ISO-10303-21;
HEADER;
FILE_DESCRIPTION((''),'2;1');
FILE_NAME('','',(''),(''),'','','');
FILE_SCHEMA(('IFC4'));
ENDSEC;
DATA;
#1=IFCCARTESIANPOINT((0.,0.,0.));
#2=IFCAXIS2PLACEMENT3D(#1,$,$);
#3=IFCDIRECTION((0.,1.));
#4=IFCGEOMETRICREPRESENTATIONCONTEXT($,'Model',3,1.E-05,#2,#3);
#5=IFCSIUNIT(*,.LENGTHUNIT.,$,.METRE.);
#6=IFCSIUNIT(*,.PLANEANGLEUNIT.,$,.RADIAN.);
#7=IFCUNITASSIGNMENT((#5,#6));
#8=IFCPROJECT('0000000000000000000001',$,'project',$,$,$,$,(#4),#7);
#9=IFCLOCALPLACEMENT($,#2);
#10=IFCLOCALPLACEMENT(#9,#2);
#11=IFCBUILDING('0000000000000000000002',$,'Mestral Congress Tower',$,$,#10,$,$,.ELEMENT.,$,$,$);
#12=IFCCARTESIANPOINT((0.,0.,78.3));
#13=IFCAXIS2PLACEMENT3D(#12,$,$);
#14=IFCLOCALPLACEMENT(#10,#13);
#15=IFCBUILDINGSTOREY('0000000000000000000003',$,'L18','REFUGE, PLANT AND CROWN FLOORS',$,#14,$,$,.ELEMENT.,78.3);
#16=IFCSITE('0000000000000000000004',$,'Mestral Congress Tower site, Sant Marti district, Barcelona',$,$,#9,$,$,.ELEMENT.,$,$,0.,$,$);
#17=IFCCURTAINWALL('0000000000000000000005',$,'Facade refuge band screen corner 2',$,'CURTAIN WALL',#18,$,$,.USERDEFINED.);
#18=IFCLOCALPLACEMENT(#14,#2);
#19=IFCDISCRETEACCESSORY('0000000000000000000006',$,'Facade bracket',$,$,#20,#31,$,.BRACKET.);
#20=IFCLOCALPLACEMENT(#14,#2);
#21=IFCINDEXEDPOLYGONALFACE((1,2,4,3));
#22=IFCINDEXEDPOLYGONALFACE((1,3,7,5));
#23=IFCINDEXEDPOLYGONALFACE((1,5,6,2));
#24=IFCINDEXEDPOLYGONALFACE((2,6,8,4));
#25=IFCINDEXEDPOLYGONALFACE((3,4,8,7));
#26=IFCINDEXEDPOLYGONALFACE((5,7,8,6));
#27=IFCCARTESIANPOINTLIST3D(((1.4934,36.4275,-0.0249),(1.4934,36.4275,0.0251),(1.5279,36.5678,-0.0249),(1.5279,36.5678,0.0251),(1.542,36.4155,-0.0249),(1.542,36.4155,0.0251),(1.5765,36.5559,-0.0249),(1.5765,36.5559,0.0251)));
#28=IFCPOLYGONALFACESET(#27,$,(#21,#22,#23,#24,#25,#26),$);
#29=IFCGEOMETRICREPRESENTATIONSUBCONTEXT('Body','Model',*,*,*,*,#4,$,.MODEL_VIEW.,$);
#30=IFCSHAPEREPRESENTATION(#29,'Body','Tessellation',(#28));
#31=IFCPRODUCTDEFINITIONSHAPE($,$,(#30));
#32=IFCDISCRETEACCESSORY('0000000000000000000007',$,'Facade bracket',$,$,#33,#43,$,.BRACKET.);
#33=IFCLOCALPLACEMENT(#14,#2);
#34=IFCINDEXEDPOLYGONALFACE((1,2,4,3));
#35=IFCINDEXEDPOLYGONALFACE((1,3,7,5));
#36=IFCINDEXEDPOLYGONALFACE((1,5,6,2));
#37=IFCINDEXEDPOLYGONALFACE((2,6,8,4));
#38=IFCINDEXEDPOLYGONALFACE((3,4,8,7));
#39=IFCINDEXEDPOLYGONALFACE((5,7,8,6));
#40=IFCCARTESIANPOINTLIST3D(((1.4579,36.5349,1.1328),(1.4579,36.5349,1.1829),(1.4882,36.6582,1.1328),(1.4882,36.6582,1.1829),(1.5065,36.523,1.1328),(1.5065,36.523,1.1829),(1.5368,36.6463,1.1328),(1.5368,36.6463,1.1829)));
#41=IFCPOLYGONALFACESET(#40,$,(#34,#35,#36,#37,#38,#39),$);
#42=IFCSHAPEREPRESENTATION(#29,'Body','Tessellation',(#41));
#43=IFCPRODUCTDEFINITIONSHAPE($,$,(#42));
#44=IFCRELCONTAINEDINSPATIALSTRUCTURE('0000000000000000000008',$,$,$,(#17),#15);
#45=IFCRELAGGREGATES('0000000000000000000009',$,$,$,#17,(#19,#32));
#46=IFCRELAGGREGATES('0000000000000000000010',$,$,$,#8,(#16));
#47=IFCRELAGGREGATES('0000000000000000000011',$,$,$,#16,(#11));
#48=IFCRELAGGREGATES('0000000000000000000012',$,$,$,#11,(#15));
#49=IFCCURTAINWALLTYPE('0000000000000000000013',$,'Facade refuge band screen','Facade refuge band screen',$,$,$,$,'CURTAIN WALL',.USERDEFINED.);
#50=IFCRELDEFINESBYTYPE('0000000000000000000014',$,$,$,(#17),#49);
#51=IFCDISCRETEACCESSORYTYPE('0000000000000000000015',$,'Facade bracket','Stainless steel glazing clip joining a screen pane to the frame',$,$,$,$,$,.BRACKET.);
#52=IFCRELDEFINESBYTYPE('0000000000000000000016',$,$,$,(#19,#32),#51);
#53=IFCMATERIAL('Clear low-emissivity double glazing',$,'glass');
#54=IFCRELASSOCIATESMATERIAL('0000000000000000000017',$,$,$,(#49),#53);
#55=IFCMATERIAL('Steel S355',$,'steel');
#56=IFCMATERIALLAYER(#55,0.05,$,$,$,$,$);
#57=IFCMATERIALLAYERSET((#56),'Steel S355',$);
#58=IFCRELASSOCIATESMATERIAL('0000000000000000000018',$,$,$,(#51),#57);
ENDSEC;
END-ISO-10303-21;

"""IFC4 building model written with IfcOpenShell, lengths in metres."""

from ifc_helpers import new_model, si_unit, direction, frame, origin, origin_2d, place, context, subcontext, project, spatial, rectangle, extrude, material, layer, layer_set, type_object, element, aggregate, save


model = new_model("IFC4")

# Units and contexts
model_context = context("Model", 3, precision=1e-05, world=origin(), true_north=direction((0.0, 1.0)))
body_context = subcontext(model_context, "Body", "Model", "MODEL_VIEW")
ifc_project = project(units=[si_unit("LENGTHUNIT", "METRE"), si_unit("PLANEANGLEUNIT", "RADIAN")], contexts=[model_context])

# Site, building, storey
site_placement = place(None, origin())
site = spatial("IfcSite", under=ifc_project, at=site_placement, Name="Mestral Congress Tower site, Sant Marti district, Barcelona", CompositionType="ELEMENT", RefElevation=0.0)
building_placement = place(site_placement, origin())
building = spatial("IfcBuilding", under=site, at=building_placement, Name="Mestral Congress Tower", CompositionType="ELEMENT")
storey_placement = place(building_placement, frame((0.0, 0.0, 78.3)))
storey = spatial("IfcBuildingStorey", under=building, at=storey_placement, Name="L18", Description="REFUGE, PLANT AND CROWN FLOORS", CompositionType="ELEMENT", Elevation=78.3)

# Shared definitions
ifc_material_1 = material(Name="Steel S355", Category="steel")

# Curtain wall
ifc_material_2 = material(Name="Clear low-emissivity double glazing", Category="glass")
curtain_wall_type = type_object("IfcCurtainWallType", Name="Facade refuge band screen", Description="Facade refuge band screen", ElementType="CURTAIN WALL", PredefinedType="USERDEFINED", material=ifc_material_2)
placement = place(storey_placement, origin())
curtain_wall_1 = element("IfcCurtainWall", 1, at=placement, inside=storey, type_object=curtain_wall_type, Name="Facade refuge band screen corner 2", ObjectType="CURTAIN WALL", PredefinedType="USERDEFINED")

# Discrete accessories
ifc_layer_1 = layer(ifc_material_1, 0.05)
ifc_layer_set_1 = layer_set([ifc_layer_1], Name="Steel S355")
discrete_accessory_type = type_object("IfcDiscreteAccessoryType", Name="Facade bracket", Description="Stainless steel glazing clip joining a screen pane to the frame", PredefinedType="BRACKET", material=ifc_layer_set_1)
discrete_accessory_1_placement = place(storey_placement, frame((1.5349, 36.4917, -0.0249), z_axis=(0.0, 0.0, 1.0), x_axis=(-0.971104, 0.238657, 0.0)))
discrete_accessory_1 = element("IfcDiscreteAccessory", 2, at=discrete_accessory_1_placement, type_object=discrete_accessory_type, Name="Facade bracket", PredefinedType="BRACKET", context=body_context, shape_type="SweptSolid", body=[
    extrude(rectangle(XDim=0.05, YDim=0.1445, at=origin_2d()), origin(), (0.0, 0.0, 1.0), 0.05),
])
discrete_accessory_2_placement = place(storey_placement, frame((1.4973, 36.5906, 1.1328), z_axis=(0.0, 0.0, 1.0), x_axis=(-0.971133, 0.23854, 0.0)))
discrete_accessory_2 = element("IfcDiscreteAccessory", 3, at=discrete_accessory_2_placement, type_object=discrete_accessory_type, Name="Facade bracket", PredefinedType="BRACKET", context=body_context, shape_type="SweptSolid", body=[
    extrude(rectangle(XDim=0.05, YDim=0.127, at=origin_2d()), origin(), (0.0, 0.0, 1.0), 0.05),
])
aggregate(curtain_wall_1, [discrete_accessory_1, discrete_accessory_2])

save(model, "model.ifc")
